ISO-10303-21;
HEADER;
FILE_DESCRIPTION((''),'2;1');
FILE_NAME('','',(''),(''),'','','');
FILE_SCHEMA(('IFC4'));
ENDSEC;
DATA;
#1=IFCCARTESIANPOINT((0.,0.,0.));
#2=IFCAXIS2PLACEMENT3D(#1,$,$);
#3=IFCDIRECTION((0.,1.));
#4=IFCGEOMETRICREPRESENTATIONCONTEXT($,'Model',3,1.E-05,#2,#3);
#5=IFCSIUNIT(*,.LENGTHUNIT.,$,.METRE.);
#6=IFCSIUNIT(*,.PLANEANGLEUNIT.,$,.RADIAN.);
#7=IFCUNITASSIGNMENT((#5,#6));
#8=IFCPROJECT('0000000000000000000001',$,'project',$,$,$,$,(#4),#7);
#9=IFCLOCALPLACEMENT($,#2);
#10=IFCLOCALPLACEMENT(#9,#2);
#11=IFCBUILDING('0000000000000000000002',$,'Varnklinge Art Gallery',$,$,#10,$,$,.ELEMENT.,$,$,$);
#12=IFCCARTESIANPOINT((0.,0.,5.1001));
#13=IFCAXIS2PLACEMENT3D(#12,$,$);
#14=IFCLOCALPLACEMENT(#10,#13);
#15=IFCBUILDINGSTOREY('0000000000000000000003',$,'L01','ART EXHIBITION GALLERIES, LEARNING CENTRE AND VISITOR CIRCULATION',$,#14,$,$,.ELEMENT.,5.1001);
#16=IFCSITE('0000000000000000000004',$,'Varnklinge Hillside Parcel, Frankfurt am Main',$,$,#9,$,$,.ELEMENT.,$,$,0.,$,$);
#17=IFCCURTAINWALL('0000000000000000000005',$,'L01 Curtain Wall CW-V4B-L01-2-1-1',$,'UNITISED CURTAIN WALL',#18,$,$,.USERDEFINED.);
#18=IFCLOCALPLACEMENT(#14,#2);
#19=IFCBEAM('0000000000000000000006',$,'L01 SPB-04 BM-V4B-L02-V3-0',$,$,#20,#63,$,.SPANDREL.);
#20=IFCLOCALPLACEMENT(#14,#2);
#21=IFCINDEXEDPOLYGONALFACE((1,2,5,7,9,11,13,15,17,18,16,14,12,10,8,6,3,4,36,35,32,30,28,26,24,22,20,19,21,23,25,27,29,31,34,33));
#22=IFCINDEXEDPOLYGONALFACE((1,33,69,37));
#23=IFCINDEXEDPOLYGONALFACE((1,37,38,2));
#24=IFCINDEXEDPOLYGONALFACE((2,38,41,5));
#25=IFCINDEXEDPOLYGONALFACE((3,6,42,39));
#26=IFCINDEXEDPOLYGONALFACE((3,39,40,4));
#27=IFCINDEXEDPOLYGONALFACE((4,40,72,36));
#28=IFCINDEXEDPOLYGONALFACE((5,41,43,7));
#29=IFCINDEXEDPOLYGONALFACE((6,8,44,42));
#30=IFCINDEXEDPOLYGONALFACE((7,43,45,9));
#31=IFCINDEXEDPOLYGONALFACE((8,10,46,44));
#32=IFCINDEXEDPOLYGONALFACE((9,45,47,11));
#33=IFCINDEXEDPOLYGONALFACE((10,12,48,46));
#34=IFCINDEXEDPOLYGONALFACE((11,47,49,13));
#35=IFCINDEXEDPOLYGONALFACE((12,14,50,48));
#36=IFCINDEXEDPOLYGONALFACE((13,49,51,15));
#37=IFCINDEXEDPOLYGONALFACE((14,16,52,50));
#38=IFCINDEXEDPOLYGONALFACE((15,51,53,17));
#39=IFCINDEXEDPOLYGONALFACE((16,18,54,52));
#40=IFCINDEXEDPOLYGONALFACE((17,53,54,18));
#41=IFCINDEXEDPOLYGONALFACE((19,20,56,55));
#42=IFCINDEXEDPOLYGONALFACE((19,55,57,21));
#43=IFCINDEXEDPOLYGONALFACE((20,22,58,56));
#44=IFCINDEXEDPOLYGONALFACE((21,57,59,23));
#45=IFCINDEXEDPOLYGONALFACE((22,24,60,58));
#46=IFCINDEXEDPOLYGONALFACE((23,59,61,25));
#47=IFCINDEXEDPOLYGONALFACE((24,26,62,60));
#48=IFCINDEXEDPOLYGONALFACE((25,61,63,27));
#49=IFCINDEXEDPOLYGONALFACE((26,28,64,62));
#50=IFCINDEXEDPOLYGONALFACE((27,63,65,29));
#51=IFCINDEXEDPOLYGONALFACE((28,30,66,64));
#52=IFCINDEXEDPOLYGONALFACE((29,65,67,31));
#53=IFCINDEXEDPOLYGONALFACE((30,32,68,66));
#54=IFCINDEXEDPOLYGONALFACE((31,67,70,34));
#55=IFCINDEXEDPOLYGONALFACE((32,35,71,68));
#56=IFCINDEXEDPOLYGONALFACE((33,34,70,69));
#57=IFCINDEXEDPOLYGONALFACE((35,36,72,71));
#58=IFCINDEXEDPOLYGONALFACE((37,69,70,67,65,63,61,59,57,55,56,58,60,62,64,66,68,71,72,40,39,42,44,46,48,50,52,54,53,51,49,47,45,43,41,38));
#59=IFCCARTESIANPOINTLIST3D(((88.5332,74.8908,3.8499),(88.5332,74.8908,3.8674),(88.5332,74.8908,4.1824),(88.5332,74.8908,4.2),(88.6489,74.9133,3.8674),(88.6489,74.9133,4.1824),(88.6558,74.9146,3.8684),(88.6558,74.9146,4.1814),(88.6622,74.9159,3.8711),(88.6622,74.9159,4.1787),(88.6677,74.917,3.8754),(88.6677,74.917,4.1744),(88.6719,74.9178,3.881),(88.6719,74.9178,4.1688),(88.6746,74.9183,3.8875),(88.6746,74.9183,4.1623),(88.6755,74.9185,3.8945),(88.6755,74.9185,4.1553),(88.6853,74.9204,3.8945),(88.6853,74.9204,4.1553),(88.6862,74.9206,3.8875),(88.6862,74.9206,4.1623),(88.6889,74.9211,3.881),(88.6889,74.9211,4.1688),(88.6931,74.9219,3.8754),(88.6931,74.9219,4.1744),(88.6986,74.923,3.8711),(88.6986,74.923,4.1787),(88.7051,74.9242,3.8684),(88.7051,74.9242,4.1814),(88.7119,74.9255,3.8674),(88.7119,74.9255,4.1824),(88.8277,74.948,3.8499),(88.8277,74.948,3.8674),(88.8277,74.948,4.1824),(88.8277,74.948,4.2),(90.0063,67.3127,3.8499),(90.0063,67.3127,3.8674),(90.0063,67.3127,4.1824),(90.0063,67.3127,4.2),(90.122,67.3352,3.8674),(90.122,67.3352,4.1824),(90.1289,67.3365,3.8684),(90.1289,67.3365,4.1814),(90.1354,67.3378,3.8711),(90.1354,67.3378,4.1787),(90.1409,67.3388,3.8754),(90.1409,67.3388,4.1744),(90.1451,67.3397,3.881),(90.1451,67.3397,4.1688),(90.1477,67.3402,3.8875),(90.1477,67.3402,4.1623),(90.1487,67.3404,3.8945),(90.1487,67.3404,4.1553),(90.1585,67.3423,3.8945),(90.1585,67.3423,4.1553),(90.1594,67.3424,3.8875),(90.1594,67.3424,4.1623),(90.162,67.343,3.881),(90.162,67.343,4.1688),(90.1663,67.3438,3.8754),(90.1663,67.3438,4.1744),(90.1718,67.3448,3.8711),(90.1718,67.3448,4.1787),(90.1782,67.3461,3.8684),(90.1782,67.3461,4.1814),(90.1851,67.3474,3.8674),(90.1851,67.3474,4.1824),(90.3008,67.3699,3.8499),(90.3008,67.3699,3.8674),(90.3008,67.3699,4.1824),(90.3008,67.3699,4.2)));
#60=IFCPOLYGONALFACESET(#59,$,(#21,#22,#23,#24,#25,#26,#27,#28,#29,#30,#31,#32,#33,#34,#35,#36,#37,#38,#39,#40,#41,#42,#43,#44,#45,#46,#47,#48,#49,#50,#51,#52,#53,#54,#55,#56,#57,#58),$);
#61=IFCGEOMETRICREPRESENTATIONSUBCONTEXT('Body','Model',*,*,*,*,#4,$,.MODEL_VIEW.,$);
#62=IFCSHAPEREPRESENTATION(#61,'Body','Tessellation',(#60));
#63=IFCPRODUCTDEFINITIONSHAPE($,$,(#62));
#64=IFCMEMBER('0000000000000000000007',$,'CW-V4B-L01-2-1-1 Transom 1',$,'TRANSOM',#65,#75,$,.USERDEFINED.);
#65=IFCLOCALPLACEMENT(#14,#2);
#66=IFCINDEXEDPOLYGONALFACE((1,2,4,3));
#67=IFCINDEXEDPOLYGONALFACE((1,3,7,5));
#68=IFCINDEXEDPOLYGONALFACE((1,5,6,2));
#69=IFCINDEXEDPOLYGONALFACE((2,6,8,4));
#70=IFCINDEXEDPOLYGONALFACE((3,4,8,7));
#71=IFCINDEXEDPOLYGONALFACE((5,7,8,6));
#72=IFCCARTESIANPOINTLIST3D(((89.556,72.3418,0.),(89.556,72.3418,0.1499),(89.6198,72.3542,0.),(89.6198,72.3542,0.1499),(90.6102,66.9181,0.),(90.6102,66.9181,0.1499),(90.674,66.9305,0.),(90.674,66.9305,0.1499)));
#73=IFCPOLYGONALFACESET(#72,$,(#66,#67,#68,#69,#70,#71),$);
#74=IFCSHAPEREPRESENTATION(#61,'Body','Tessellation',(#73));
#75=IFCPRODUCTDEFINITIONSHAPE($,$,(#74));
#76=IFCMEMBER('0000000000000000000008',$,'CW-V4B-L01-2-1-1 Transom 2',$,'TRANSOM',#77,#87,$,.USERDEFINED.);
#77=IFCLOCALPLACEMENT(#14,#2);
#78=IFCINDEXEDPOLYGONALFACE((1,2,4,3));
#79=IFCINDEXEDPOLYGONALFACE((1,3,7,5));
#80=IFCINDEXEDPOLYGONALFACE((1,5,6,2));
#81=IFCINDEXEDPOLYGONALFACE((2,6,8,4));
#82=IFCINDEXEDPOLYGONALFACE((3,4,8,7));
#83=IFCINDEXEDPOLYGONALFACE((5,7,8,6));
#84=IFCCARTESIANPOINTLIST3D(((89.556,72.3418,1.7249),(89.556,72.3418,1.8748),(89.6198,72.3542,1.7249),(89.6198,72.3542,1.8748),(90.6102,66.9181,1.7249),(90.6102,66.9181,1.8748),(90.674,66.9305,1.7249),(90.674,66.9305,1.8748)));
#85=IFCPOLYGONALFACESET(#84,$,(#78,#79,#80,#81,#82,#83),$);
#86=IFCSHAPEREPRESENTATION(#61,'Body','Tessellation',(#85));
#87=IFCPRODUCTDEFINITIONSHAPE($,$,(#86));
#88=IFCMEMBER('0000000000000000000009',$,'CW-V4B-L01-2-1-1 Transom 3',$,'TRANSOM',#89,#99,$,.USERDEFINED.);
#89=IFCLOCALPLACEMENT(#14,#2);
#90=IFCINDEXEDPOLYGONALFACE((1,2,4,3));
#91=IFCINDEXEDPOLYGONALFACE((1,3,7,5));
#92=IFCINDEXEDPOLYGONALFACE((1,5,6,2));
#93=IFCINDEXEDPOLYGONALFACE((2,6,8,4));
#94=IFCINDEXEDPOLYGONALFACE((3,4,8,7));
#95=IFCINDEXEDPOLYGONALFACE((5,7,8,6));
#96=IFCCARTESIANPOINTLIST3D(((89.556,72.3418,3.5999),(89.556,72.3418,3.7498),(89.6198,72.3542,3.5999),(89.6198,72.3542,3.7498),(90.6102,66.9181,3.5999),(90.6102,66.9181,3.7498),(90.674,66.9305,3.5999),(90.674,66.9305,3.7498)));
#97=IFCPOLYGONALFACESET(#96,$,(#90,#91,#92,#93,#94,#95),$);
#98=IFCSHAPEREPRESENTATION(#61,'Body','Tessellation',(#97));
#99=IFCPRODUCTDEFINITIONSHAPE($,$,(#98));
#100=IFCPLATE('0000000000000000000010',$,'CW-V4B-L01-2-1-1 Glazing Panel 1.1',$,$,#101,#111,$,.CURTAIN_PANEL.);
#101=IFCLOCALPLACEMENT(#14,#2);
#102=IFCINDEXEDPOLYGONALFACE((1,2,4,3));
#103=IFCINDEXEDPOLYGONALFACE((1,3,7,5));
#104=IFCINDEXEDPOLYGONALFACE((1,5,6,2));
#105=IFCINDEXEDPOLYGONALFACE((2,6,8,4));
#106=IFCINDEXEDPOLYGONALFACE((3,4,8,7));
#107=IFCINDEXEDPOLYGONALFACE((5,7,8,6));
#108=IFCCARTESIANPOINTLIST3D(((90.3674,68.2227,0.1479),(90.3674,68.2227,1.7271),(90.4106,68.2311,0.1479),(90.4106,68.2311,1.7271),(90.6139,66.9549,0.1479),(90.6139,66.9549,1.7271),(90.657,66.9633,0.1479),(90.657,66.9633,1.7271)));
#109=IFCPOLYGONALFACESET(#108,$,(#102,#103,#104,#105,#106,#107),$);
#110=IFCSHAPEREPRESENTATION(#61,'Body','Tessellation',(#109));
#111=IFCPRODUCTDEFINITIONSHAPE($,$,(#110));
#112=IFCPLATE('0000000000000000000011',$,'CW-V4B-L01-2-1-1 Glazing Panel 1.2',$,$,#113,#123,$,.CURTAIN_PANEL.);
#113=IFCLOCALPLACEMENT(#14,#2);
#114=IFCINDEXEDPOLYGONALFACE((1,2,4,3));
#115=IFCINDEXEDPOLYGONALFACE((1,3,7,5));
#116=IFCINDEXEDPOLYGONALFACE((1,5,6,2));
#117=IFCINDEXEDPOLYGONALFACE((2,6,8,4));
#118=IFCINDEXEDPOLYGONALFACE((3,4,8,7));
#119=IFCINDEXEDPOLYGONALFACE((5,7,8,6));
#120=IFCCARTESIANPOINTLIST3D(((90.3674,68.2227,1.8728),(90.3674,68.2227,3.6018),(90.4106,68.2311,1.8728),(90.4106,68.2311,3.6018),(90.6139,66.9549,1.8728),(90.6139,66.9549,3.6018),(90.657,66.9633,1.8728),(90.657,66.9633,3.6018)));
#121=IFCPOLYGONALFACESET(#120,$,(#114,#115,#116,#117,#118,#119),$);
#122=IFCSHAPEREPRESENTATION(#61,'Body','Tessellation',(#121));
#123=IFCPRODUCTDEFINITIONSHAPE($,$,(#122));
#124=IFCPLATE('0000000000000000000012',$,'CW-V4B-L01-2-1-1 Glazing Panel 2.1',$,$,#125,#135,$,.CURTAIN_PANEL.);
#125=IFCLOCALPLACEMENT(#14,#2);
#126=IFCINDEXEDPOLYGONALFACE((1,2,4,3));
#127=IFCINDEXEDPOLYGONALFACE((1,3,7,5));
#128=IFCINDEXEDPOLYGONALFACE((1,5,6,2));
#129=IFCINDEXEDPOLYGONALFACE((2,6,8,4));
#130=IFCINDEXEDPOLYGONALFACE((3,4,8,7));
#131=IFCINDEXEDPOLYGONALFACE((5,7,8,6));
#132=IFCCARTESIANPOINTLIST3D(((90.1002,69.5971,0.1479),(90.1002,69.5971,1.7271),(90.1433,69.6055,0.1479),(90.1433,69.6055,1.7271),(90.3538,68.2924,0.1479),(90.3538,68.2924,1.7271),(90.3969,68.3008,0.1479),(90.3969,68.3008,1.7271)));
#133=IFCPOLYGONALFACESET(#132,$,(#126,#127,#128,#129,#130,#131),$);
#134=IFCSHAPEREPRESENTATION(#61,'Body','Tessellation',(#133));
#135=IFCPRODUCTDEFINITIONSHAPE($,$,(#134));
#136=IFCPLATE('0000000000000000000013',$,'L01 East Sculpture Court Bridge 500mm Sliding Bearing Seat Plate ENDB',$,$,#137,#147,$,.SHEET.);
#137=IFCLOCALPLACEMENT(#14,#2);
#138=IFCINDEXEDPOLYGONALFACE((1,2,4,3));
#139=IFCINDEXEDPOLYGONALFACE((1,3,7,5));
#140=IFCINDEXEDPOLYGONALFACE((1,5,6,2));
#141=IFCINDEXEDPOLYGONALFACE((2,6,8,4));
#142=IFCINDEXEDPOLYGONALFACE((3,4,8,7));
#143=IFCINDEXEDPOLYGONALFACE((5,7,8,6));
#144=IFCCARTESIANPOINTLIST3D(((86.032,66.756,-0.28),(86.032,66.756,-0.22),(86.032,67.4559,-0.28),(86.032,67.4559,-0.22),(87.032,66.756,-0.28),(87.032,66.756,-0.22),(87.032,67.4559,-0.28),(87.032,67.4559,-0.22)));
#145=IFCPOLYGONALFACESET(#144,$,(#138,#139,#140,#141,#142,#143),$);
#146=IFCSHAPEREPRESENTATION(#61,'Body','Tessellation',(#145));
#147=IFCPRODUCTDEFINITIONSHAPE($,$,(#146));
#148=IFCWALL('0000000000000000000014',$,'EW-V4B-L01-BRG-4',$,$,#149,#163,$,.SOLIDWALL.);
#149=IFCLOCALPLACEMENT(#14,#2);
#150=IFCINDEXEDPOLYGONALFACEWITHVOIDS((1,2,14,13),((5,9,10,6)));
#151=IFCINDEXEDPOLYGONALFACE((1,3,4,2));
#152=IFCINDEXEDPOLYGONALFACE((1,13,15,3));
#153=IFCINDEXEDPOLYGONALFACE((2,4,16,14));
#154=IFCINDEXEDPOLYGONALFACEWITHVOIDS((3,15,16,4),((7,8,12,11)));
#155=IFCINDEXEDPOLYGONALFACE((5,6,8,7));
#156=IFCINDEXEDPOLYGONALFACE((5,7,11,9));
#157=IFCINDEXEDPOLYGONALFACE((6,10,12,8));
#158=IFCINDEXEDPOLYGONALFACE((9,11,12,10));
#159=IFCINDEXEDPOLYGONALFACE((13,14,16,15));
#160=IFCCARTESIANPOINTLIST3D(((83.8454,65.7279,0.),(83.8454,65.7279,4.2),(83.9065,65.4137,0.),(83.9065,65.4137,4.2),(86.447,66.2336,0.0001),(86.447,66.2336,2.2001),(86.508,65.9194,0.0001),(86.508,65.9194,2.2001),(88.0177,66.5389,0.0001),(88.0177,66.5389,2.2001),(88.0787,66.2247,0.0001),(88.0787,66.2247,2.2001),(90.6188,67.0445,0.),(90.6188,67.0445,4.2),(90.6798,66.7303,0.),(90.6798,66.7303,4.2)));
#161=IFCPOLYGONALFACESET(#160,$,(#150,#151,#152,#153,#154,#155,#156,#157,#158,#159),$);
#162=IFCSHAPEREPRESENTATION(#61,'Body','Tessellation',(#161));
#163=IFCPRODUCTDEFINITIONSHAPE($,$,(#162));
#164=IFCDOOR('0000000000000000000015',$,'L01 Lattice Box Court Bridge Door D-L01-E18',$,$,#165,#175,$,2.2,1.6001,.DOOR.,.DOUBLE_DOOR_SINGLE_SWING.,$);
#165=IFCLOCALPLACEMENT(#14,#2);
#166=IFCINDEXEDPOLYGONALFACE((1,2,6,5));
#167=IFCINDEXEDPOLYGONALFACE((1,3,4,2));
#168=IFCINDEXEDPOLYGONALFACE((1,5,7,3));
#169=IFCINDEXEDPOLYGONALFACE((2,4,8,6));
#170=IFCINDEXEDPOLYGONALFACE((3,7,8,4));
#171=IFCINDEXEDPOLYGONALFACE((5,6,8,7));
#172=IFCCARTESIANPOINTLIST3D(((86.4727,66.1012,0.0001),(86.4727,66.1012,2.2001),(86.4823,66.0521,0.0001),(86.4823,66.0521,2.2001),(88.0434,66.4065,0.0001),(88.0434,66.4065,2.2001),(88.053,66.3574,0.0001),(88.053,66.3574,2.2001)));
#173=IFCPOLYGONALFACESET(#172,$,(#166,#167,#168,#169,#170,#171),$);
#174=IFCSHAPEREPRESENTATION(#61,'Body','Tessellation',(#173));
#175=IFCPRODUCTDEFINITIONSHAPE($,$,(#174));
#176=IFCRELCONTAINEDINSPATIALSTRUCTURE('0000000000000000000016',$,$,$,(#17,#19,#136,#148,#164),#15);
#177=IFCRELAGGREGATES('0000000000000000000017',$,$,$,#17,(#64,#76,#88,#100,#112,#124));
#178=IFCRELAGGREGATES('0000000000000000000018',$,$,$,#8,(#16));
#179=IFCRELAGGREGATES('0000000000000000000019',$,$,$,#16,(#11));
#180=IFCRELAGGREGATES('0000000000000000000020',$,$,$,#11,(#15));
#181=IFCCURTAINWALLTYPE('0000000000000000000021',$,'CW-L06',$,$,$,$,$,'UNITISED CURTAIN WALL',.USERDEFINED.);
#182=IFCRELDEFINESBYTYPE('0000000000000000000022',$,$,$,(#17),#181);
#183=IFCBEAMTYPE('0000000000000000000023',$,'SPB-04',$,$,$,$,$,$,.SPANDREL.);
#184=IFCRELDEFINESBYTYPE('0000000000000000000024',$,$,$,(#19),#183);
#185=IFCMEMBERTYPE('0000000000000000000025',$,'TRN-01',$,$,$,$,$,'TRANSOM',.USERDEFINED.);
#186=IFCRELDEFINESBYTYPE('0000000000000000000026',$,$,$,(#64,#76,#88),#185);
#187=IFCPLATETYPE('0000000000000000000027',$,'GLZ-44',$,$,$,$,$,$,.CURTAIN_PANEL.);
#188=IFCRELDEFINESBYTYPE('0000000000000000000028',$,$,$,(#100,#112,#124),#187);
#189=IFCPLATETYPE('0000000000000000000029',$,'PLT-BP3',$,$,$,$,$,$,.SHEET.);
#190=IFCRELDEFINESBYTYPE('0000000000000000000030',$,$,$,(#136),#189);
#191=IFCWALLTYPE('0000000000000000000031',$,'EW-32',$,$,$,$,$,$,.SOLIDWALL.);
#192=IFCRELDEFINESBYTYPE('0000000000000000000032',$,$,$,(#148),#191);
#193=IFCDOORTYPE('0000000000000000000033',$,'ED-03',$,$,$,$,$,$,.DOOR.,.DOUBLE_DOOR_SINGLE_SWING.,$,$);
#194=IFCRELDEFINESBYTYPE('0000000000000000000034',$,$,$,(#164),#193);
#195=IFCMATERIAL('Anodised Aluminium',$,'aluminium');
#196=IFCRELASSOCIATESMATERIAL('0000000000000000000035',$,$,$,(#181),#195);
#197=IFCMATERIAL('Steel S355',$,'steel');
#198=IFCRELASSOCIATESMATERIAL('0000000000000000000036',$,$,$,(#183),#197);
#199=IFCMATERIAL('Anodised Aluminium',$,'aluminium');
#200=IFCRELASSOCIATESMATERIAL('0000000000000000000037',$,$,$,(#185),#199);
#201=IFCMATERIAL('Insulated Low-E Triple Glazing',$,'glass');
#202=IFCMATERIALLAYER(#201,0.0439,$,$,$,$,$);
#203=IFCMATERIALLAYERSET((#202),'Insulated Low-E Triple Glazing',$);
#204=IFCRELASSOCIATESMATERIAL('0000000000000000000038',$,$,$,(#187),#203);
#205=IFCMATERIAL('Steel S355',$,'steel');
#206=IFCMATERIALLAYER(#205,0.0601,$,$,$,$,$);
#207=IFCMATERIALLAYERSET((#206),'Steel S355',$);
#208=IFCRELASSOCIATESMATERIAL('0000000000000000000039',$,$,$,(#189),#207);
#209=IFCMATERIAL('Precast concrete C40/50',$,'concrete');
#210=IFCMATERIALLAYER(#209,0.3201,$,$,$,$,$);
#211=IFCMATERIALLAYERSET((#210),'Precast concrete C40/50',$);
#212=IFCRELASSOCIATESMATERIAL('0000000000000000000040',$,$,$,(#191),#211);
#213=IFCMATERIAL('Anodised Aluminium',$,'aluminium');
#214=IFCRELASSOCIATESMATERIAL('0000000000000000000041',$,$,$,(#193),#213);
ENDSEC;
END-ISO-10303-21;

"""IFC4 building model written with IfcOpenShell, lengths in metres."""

from ifc_helpers import new_model, si_unit, direction, frame, frame_2d, origin, origin_2d, place, context, subcontext, project, spatial, rectangle, i_section, extrude, material, layer, layer_set, material_profile, profile_set, type_object, element, fill, aggregate, save


model = new_model("IFC4")

# Units and contexts
model_context = context("Model", 3, precision=1e-05, world=origin(), true_north=direction((0.0, 1.0)))
body_context = subcontext(model_context, "Body", "Model", "MODEL_VIEW")
ifc_project = project(units=[si_unit("LENGTHUNIT", "METRE"), si_unit("PLANEANGLEUNIT", "RADIAN")], contexts=[model_context])

# Site, building, storey
site_placement = place(None, origin())
site = spatial("IfcSite", under=ifc_project, at=site_placement, Name="Varnklinge Hillside Parcel, Frankfurt am Main", CompositionType="ELEMENT", RefElevation=0.0)
building_placement = place(site_placement, origin())
building = spatial("IfcBuilding", under=site, at=building_placement, Name="Varnklinge Art Gallery", CompositionType="ELEMENT")
storey_placement = place(building_placement, frame((0.0, 0.0, 5.1001)))
storey = spatial("IfcBuildingStorey", under=building, at=storey_placement, Name="L01", Description="ART EXHIBITION GALLERIES, LEARNING CENTRE AND VISITOR CIRCULATION", CompositionType="ELEMENT", Elevation=5.1001)

# Curtain wall
ifc_material_1 = material(Name="Anodised Aluminium", Category="aluminium")
curtain_wall_type_1 = type_object("IfcCurtainWallType", Name="CW-L06", ElementType="UNITISED CURTAIN WALL", PredefinedType="USERDEFINED", material=ifc_material_1)
curtain_wall_1_placement = place(storey_placement, origin())
curtain_wall_1 = element("IfcCurtainWall", 1, at=curtain_wall_1_placement, inside=storey, type_object=curtain_wall_type_1, Name="L01 Curtain Wall CW-V4B-L01-2-1-1", ObjectType="UNITISED CURTAIN WALL", PredefinedType="USERDEFINED")

# Beam
ifc_material_2 = material(Name="Steel S355", Category="steel")
ifc_material_profile_1 = material_profile(ifc_material_2, i_section(OverallWidth=0.3, OverallDepth=0.3501, WebThickness=0.01, FlangeThickness=0.0176, FilletRadius=0.0271, at=origin_2d()), Name="HEA 360")
ifc_profile_set_1 = profile_set([ifc_material_profile_1], Name="Steel S355")
beam_type_1 = type_object("IfcBeamType", Name="SPB-04", PredefinedType="SPANDREL", material=ifc_profile_set_1)
beam_1_placement = place(storey_placement, frame((90.1536, 67.3413, 4.0249), z_axis=(-0.190822, 0.981625, 0.0), x_axis=(-0.981625, -0.190822, 0.0)))
element("IfcBeam", 2, at=beam_1_placement, inside=storey, type_object=beam_type_1, Name="L01 SPB-04 BM-V4B-L02-V3-0", PredefinedType="SPANDREL", context=body_context, shape_type="SweptSolid", body=[
    extrude(i_section(OverallWidth=0.3, OverallDepth=0.3501, WebThickness=0.01, FlangeThickness=0.0176, FilletRadius=0.0271, at=origin_2d()), origin(), (0.0, 0.0, 1.0), 7.72),
])

# Members
ifc_material_3 = material(Name="Anodised Aluminium", Category="aluminium")
ifc_material_profile_2 = material_profile(ifc_material_3, rectangle(XDim=0.0649, YDim=0.1499, at=origin_2d()), Name="ALU 65x150")
ifc_profile_set_2 = profile_set([ifc_material_profile_2], Name="Anodised Aluminium")
member_type_1 = type_object("IfcMemberType", Name="TRN-01", ElementType="TRANSOM", PredefinedType="USERDEFINED", material=ifc_profile_set_2)
member_1_placement = place(storey_placement, frame((90.6421, 66.9243, 0.075), z_axis=(-0.190802, 0.981628, 0.0), x_axis=(-0.981628, -0.190802, 0.0)))
member_1 = element("IfcMember", 3, at=member_1_placement, type_object=member_type_1, Name="CW-V4B-L01-2-1-1 Transom 1", ObjectType="TRANSOM", PredefinedType="USERDEFINED", context=body_context, shape_type="SweptSolid", body=[
    extrude(rectangle(XDim=0.0649, YDim=0.1499, at=origin_2d()), origin(), (0.0, 0.0, 1.0), 5.5251),
])
member_2_placement = place(storey_placement, frame((90.6421, 66.9243, 1.7998), z_axis=(-0.190802, 0.981628, 0.0), x_axis=(-0.981628, -0.190802, 0.0)))
member_2 = element("IfcMember", 4, at=member_2_placement, type_object=member_type_1, Name="CW-V4B-L01-2-1-1 Transom 2", ObjectType="TRANSOM", PredefinedType="USERDEFINED", context=body_context, shape_type="SweptSolid", body=[
    extrude(rectangle(XDim=0.0649, YDim=0.1499, at=origin_2d()), origin(), (0.0, 0.0, 1.0), 5.5251),
])
member_3_placement = place(storey_placement, frame((90.6421, 66.9243, 3.6748), z_axis=(-0.190802, 0.981628, 0.0), x_axis=(-0.981628, -0.190802, 0.0)))
member_3 = element("IfcMember", 5, at=member_3_placement, type_object=member_type_1, Name="CW-V4B-L01-2-1-1 Transom 3", ObjectType="TRANSOM", PredefinedType="USERDEFINED", context=body_context, shape_type="SweptSolid", body=[
    extrude(rectangle(XDim=0.0649, YDim=0.1499, at=origin_2d()), origin(), (0.0, 0.0, 1.0), 5.5251),
])

# Plates
ifc_material_4 = material(Name="Insulated Low-E Triple Glazing", Category="glass")
ifc_layer_1 = layer(ifc_material_4, 0.0439)
ifc_layer_set_1 = layer_set([ifc_layer_1], Name="Insulated Low-E Triple Glazing")
plate_type_1 = type_object("IfcPlateType", Name="GLZ-44", PredefinedType="CURTAIN_PANEL", material=ifc_layer_set_1)
plate_1_placement = place(storey_placement, frame((90.5122, 67.593, 0.1479), z_axis=(0.0, 0.0, 1.0), x_axis=(-0.190809, 0.981627, 0.0)))
plate_1 = element("IfcPlate", 6, at=plate_1_placement, type_object=plate_type_1, Name="CW-V4B-L01-2-1-1 Glazing Panel 1.1", PredefinedType="CURTAIN_PANEL", context=body_context, shape_type="SweptSolid", body=[
    extrude(rectangle(XDim=1.2915, YDim=0.0439, at=origin_2d()), origin(), (0.0, 0.0, 1.0), 1.5791),
])
plate_2_placement = place(storey_placement, frame((90.5122, 67.593, 1.8728), z_axis=(0.0, 0.0, 1.0), x_axis=(-0.190809, 0.981627, 0.0)))
plate_2 = element("IfcPlate", 7, at=plate_2_placement, type_object=plate_type_1, Name="CW-V4B-L01-2-1-1 Glazing Panel 1.2", PredefinedType="CURTAIN_PANEL", context=body_context, shape_type="SweptSolid", body=[
    extrude(rectangle(XDim=1.2915, YDim=0.0439, at=origin_2d()), origin(), (0.0, 0.0, 1.0), 1.729),
])
plate_3_placement = place(storey_placement, frame((90.2485, 68.949, 0.1479), z_axis=(0.0, 0.0, 1.0), x_axis=(-0.190809, 0.981627, 0.0)))
plate_3 = element("IfcPlate", 8, at=plate_3_placement, type_object=plate_type_1, Name="CW-V4B-L01-2-1-1 Glazing Panel 2.1", PredefinedType="CURTAIN_PANEL", context=body_context, shape_type="SweptSolid", body=[
    extrude(rectangle(XDim=1.3291, YDim=0.0439, at=origin_2d()), origin(), (0.0, 0.0, 1.0), 1.5791),
])
aggregate(curtain_wall_1, [member_1, member_2, member_3, plate_1, plate_2, plate_3])
ifc_material_5 = material(Name="Steel S355", Category="steel")
ifc_layer_2 = layer(ifc_material_5, 0.0601)
ifc_layer_set_2 = layer_set([ifc_layer_2], Name="Steel S355")
plate_type_2 = type_object("IfcPlateType", Name="PLT-BP3", PredefinedType="SHEET", material=ifc_layer_set_2)
plate_4_placement = place(storey_placement, frame((86.532, 67.106, -0.28), z_axis=(0.0, 0.0, 1.0), x_axis=(1.0, 0.0, 0.0)))
element("IfcPlate", 9, at=plate_4_placement, inside=storey, type_object=plate_type_2, Name="L01 East Sculpture Court Bridge 500mm Sliding Bearing Seat Plate ENDB", PredefinedType="SHEET", context=body_context, shape_type="SweptSolid", body=[
    extrude(rectangle(XDim=1.0, YDim=0.7, at=origin_2d()), origin(), (0.0, 0.0, 1.0), 0.0601),
])

# Wall, opening, door
ifc_material_6 = material(Name="Precast concrete C40/50", Category="concrete")
ifc_layer_3 = layer(ifc_material_6, 0.3201)
ifc_layer_set_3 = layer_set([ifc_layer_3], Name="Precast concrete C40/50")
wall_type = type_object("IfcWallType", Name="EW-32", PredefinedType="SOLIDWALL", material=ifc_layer_set_3)
wall_placement = place(storey_placement, frame((90.6494, 66.8875, 0.0), z_axis=(0.0, 0.0, 1.0), x_axis=(-0.981626, -0.190813, 0.0)))
wall = element("IfcWall", 10, at=wall_placement, inside=storey, type_object=wall_type, Name="EW-V4B-L01-BRG-4", PredefinedType="SOLIDWALL", context=body_context, shape_type="SweptSolid", body=[
    extrude(rectangle(XDim=6.9001, YDim=0.3201, at=frame_2d((3.4502, 0.0))), origin(), (0.0, 0.0, 1.0), 4.2),
])
opening_placement = place(wall_placement, frame((2.6499, 0.0, 0.0)))
opening = element("IfcOpeningElement", 11, at=opening_placement, cuts=wall, PredefinedType="OPENING", context=body_context, shape_type="SweptSolid", body=[
    extrude(rectangle(XDim=1.6001, YDim=2.2, at=frame_2d((0.8, 1.1001))), frame((0.0, 0.1702, 0.0), z_axis=(0.0, -1.0, 0.0), x_axis=(1.0, 0.0, 0.0)), (0.0, 0.0, 1.0), 0.3401),
])
ifc_material_7 = material(Name="Anodised Aluminium", Category="aluminium")
door_type = type_object("IfcDoorType", Name="ED-03", OperationType="DOUBLE_DOOR_SINGLE_SWING", PredefinedType="DOOR", material=ifc_material_7)
door_placement = place(opening_placement, origin())
door = element("IfcDoor", 12, at=door_placement, inside=storey, type_object=door_type, Name="L01 Lattice Box Court Bridge Door D-L01-E18", OperationType="DOUBLE_DOOR_SINGLE_SWING", OverallHeight=2.2, OverallWidth=1.6001, PredefinedType="DOOR", context=body_context, shape_type="SweptSolid", body=[
    extrude(rectangle(XDim=1.6001, YDim=2.2, at=frame_2d((0.8, 1.1001))), frame((0.0, 0.0249, 0.0), z_axis=(0.0, -1.0, 0.0), x_axis=(1.0, 0.0, 0.0)), (0.0, 0.0, 1.0), 0.05),
])
fill(opening, door)

save(model, "model.ifc")
